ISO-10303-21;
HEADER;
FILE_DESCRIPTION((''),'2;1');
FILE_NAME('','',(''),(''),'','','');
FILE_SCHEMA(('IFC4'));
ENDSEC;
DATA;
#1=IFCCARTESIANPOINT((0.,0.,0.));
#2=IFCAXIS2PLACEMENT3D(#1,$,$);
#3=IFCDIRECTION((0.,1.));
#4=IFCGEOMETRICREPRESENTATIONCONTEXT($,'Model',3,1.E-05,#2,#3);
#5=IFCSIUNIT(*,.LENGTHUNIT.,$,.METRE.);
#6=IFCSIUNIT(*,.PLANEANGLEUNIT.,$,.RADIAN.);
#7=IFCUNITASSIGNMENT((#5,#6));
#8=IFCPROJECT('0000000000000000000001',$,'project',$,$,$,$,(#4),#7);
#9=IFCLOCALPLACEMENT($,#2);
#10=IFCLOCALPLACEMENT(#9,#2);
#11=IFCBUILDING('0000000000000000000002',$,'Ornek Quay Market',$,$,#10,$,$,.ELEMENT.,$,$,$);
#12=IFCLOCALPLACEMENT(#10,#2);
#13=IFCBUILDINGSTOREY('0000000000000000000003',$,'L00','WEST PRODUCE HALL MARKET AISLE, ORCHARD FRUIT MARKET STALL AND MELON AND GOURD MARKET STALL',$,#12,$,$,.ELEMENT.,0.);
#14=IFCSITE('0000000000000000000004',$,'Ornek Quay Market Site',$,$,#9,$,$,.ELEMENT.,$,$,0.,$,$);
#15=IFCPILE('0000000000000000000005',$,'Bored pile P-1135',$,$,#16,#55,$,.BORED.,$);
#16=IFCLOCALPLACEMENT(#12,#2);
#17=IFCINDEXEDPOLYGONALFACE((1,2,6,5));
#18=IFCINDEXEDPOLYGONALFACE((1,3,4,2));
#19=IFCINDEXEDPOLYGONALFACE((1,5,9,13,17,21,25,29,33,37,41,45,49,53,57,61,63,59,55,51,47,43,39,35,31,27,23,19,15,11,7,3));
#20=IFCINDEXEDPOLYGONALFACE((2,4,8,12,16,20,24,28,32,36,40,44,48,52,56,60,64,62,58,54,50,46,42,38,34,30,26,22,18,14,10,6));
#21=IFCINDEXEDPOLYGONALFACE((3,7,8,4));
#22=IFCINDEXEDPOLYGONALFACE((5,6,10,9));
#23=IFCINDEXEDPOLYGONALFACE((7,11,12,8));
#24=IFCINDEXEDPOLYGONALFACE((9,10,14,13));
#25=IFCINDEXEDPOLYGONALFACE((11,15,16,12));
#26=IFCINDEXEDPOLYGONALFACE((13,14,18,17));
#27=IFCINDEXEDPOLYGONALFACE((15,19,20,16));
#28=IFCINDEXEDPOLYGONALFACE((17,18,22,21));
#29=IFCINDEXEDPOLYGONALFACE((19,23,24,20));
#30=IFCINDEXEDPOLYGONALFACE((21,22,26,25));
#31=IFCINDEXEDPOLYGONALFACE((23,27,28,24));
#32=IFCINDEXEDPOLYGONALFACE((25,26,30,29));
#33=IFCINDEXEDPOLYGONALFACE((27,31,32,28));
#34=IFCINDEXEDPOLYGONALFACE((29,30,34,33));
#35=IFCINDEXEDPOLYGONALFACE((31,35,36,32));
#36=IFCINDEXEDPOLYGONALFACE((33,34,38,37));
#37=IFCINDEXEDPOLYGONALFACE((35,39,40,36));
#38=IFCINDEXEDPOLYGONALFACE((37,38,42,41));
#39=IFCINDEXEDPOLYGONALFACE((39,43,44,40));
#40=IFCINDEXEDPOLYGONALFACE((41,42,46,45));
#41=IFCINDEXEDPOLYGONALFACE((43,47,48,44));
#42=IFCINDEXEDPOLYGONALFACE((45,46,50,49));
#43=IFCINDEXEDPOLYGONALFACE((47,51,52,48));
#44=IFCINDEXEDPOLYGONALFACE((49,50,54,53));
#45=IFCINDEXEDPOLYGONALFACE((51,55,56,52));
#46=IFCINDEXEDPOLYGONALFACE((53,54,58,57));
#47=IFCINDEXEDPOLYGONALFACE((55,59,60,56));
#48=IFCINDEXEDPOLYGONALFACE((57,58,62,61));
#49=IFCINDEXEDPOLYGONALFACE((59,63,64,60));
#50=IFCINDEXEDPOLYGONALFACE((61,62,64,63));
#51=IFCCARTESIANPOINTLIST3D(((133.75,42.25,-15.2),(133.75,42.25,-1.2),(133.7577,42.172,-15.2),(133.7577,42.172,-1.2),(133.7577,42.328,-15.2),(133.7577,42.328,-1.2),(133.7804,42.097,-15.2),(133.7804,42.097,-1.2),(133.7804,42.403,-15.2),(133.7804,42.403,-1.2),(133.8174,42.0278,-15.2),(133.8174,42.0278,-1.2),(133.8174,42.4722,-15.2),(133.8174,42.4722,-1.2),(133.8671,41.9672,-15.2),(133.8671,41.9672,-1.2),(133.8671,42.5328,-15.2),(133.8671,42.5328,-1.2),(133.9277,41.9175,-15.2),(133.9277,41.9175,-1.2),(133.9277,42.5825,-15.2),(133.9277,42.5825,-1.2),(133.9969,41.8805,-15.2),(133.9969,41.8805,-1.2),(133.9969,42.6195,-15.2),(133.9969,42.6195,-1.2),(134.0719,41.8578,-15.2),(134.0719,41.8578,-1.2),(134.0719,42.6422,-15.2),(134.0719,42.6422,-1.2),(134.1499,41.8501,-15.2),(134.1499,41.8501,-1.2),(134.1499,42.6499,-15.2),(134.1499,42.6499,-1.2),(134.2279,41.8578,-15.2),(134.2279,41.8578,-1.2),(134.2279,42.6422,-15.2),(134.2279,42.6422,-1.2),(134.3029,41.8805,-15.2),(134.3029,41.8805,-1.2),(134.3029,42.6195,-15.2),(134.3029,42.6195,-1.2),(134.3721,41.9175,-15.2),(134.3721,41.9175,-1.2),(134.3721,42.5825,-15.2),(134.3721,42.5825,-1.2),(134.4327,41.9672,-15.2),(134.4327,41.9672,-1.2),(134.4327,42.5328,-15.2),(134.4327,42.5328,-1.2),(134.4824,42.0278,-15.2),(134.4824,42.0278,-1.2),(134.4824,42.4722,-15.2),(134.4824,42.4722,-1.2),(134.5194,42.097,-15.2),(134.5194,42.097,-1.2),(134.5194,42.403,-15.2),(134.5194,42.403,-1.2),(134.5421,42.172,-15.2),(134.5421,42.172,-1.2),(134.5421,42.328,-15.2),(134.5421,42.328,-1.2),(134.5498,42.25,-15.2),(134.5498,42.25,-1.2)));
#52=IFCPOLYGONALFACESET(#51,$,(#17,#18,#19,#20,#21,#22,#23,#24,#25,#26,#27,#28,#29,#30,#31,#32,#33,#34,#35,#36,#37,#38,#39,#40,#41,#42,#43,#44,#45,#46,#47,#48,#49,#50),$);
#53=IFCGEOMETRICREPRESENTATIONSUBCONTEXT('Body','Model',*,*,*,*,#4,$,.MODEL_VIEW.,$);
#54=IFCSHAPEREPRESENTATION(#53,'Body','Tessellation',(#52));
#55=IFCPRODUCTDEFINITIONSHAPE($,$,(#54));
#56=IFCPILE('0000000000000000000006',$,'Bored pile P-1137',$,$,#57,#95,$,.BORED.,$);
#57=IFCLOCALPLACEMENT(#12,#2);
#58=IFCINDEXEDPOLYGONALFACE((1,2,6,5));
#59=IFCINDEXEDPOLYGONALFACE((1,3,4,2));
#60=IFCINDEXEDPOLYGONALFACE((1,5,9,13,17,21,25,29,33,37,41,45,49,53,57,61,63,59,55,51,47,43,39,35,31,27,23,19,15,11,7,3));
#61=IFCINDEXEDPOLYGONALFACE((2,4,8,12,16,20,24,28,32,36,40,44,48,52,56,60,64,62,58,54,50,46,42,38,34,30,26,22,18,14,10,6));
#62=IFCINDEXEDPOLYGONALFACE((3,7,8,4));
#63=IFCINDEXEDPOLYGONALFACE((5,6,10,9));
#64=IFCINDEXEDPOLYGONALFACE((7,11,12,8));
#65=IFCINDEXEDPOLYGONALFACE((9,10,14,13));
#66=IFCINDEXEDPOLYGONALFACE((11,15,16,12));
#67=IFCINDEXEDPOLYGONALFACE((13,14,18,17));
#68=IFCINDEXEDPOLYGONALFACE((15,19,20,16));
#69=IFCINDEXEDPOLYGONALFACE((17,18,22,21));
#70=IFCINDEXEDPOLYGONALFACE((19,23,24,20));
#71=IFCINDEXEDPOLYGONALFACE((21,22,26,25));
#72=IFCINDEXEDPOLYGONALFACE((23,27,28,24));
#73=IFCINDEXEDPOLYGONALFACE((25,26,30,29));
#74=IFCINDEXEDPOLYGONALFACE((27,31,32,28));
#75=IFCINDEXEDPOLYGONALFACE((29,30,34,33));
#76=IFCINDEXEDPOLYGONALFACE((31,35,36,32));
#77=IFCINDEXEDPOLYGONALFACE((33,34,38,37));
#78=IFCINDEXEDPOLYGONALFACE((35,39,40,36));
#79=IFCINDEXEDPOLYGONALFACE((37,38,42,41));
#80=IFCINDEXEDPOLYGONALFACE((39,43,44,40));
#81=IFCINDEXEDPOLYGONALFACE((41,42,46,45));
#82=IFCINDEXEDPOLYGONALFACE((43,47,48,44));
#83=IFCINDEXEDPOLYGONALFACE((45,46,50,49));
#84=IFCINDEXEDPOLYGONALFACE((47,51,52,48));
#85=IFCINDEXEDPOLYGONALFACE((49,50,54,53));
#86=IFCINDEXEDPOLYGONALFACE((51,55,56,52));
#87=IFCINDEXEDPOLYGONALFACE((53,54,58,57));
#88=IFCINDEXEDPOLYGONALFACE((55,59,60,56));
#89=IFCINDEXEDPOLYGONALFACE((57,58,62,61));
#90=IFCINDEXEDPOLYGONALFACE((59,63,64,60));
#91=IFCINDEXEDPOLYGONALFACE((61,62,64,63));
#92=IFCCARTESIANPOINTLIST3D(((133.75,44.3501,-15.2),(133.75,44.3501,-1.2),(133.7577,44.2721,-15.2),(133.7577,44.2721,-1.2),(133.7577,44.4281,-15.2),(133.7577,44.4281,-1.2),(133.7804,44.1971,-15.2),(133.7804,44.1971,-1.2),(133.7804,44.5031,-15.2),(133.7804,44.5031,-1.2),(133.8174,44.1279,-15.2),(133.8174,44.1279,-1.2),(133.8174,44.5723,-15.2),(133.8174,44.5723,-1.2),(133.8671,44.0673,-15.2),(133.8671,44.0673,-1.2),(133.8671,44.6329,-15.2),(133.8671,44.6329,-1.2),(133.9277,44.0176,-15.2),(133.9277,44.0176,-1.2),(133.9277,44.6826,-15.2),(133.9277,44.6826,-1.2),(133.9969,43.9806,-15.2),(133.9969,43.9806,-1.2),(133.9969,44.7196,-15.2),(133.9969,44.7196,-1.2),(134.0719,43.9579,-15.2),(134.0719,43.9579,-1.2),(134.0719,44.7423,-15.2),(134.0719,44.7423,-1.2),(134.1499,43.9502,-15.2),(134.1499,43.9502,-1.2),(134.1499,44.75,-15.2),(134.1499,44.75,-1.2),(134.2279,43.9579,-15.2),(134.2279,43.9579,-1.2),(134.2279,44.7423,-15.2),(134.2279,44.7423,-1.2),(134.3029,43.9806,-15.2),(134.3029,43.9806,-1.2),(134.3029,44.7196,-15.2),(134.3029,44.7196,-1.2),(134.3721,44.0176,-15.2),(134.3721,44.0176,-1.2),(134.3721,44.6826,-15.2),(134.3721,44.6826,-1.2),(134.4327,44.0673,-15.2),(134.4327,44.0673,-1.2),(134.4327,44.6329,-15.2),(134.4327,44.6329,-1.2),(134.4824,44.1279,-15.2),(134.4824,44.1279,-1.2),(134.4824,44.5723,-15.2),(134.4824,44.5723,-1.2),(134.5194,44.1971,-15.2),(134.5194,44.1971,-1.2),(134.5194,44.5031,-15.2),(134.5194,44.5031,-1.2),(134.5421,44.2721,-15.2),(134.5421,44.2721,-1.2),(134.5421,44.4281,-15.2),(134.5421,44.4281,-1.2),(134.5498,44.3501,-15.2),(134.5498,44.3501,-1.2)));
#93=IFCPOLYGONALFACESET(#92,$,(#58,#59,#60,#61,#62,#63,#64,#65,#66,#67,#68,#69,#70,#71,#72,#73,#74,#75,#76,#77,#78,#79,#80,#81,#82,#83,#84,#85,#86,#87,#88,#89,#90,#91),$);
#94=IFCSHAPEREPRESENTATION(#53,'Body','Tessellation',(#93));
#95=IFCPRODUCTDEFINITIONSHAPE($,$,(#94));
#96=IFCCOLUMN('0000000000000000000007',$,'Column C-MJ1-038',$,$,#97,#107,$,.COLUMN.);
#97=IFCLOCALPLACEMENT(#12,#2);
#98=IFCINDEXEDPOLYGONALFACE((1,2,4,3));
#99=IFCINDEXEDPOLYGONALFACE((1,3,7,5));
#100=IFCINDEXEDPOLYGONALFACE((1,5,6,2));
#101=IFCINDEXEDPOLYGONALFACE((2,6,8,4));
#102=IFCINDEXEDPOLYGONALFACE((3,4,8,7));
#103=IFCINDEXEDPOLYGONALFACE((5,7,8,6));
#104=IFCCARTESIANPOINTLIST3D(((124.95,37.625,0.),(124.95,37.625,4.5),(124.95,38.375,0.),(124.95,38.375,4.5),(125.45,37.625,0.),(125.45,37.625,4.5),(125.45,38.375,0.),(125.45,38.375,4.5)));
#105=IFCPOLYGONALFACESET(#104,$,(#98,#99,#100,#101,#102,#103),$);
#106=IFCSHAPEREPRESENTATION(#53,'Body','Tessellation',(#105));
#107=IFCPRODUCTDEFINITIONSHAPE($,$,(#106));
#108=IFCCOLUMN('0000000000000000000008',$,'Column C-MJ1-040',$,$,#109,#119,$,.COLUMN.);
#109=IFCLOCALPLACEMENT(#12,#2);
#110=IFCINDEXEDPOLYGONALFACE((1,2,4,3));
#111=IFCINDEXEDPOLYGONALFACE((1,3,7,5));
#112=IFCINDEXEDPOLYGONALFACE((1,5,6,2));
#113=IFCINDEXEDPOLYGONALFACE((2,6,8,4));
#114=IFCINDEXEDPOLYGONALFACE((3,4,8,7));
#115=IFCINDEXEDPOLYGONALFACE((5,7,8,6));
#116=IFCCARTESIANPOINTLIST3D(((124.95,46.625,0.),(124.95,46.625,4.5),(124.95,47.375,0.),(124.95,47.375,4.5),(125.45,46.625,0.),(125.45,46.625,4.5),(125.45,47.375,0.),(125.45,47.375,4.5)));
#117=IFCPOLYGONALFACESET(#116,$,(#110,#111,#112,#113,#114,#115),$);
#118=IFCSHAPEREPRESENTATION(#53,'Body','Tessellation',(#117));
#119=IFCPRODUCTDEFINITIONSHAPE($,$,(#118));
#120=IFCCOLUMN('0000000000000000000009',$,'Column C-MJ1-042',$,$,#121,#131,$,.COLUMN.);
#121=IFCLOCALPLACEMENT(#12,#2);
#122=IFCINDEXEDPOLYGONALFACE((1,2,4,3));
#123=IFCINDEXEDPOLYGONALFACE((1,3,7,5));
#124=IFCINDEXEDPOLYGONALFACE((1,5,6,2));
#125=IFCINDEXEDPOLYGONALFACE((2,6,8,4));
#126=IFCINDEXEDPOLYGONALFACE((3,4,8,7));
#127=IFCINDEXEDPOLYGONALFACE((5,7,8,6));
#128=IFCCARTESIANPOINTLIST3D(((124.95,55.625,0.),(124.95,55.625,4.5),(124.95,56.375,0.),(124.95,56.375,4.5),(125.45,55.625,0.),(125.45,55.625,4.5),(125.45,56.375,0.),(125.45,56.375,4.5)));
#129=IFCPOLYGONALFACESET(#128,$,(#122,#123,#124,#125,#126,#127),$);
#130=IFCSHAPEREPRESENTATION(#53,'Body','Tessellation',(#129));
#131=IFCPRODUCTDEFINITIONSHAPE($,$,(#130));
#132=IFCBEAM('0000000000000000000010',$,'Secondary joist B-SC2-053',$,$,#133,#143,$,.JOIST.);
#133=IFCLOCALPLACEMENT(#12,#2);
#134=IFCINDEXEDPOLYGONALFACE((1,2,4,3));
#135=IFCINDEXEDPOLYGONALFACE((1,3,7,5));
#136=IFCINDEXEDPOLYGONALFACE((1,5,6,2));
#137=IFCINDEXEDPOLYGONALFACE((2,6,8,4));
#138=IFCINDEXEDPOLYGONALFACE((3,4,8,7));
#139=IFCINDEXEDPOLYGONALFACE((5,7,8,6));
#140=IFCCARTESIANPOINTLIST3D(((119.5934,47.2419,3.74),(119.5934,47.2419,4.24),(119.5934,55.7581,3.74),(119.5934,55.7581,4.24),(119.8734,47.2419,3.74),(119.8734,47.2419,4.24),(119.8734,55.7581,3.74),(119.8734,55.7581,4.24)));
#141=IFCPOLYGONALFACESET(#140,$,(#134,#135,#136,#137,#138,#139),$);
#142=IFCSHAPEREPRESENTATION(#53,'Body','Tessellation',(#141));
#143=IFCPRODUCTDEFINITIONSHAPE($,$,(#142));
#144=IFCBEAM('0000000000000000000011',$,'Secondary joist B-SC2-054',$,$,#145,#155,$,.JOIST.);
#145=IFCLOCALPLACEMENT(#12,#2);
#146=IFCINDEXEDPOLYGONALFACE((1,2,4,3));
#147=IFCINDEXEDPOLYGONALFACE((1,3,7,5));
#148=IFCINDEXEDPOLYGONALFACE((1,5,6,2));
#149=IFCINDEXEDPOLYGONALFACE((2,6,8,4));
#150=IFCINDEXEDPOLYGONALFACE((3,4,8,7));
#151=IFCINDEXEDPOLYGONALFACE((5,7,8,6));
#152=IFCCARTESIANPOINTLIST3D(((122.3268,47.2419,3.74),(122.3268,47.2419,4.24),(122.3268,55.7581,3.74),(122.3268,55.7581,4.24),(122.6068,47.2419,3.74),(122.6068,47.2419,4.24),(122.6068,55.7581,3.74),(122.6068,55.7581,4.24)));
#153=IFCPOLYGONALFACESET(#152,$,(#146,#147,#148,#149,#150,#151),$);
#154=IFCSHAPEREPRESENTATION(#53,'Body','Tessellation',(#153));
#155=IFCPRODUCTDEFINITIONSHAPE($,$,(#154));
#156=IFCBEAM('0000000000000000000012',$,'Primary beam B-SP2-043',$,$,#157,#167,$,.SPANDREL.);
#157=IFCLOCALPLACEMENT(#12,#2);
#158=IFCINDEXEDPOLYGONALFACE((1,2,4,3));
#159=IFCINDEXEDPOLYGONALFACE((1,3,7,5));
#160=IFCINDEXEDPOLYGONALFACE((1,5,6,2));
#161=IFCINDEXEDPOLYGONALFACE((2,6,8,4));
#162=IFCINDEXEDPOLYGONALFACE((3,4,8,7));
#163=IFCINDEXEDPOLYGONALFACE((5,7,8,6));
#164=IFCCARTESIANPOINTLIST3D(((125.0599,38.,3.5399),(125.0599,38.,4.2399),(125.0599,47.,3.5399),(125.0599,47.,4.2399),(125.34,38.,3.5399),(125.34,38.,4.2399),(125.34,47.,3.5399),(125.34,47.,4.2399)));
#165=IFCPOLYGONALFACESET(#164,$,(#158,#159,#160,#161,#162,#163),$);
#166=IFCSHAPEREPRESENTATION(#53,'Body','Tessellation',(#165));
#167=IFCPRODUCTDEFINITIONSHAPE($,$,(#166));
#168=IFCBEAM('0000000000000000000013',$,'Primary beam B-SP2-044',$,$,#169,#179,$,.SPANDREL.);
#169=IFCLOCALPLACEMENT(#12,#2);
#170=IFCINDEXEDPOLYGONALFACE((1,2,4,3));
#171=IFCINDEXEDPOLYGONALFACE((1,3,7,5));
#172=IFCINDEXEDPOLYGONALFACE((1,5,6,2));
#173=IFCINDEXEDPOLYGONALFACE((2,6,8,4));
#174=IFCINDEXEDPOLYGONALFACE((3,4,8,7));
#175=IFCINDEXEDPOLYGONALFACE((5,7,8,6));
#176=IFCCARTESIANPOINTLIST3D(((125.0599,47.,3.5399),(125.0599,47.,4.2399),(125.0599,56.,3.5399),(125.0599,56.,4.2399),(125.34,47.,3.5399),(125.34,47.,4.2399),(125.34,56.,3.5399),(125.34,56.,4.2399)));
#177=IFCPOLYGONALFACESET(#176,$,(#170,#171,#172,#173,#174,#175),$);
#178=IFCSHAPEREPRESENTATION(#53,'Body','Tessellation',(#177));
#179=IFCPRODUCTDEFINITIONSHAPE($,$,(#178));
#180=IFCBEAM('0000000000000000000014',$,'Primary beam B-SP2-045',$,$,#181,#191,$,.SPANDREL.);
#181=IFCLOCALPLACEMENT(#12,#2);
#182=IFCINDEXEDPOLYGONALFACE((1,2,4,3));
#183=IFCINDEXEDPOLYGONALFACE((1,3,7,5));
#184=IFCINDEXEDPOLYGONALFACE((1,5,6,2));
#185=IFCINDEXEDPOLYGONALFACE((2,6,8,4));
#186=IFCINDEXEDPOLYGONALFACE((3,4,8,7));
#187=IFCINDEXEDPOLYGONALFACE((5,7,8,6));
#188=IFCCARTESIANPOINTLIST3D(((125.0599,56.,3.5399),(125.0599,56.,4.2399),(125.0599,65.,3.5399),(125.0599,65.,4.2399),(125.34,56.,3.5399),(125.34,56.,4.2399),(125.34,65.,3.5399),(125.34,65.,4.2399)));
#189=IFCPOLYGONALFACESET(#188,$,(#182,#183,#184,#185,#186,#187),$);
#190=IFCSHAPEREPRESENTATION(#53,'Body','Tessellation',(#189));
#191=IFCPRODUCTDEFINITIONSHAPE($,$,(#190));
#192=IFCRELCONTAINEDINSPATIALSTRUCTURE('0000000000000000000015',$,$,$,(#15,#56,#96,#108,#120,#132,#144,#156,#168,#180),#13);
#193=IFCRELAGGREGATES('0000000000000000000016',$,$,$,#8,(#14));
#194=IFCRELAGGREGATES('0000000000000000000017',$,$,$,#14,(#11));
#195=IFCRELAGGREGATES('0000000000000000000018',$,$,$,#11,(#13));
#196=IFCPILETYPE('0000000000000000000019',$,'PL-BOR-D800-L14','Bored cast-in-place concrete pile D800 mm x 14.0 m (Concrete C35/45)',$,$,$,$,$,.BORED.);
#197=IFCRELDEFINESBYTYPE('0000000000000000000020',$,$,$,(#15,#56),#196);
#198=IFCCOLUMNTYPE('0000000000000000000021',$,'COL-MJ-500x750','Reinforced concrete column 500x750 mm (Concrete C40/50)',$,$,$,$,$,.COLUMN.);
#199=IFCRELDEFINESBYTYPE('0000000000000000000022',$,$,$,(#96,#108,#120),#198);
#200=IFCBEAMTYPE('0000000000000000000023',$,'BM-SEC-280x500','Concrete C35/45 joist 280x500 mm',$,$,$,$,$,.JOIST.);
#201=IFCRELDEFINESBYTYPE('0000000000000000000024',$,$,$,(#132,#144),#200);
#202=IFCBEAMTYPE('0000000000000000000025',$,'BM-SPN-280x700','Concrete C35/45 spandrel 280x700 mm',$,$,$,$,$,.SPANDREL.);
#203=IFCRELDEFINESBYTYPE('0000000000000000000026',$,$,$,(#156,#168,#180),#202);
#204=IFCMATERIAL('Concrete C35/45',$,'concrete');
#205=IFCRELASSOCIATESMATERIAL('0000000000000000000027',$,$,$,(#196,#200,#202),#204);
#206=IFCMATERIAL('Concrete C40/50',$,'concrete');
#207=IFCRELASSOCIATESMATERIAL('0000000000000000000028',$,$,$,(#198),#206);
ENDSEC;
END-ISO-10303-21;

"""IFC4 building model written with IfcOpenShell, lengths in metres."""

from ifc_helpers import new_model, si_unit, direction, frame, origin, origin_2d, place, context, subcontext, project, spatial, rectangle, circle, extrude, material, material_profile, profile_set, type_object, element, save


model = new_model("IFC4")

# Units and contexts
model_context = context("Model", 3, precision=1e-05, world=origin(), true_north=direction((0.0, 1.0)))
body_context = subcontext(model_context, "Body", "Model", "MODEL_VIEW")
ifc_project = project(units=[si_unit("LENGTHUNIT", "METRE"), si_unit("PLANEANGLEUNIT", "RADIAN")], contexts=[model_context])

# Site, building, storey
site_placement = place(None, origin())
site = spatial("IfcSite", under=ifc_project, at=site_placement, Name="Ornek Quay Market Site", CompositionType="ELEMENT", RefElevation=0.0)
building_placement = place(site_placement, origin())
building = spatial("IfcBuilding", under=site, at=building_placement, Name="Ornek Quay Market", CompositionType="ELEMENT")
storey_placement = place(building_placement, origin())
storey = spatial("IfcBuildingStorey", under=building, at=storey_placement, Name="L00", Description="WEST PRODUCE HALL MARKET AISLE, ORCHARD FRUIT MARKET STALL AND MELON AND GOURD MARKET STALL", CompositionType="ELEMENT", Elevation=0.0)

# Piles
ifc_material_1 = material(Name="Concrete C35/45", Category="concrete")
ifc_material_profile_1 = material_profile(ifc_material_1, circle(Radius=0.3999, at=origin_2d()), Name="PILE D800", Category="concrete")
ifc_profile_set_1 = profile_set([ifc_material_profile_1], Name="Concrete C35/45")
pile_type = type_object("IfcPileType", Name="PL-BOR-D800-L14", Description="Bored cast-in-place concrete pile D800 mm x 14.0 m (Concrete C35/45)", PredefinedType="BORED", material=ifc_profile_set_1)
for number, where, z_axis, x_axis, name in (
    (1, (134.1499, 42.25, -1.2), (0.0, 0.0, -1.0), (1.0, 0.0, 0.0), "Bored pile P-1135"),
    (2, (134.1499, 44.3501, -1.2), (0.0, 0.0, -1.0), (1.0, 0.0, 0.0), "Bored pile P-1137"),
):
    element("IfcPile", number, at=place(storey_placement, frame(where, z_axis=z_axis, x_axis=x_axis)), inside=storey, type_object=pile_type, Name=name, PredefinedType="BORED", context=body_context, shape_type="SweptSolid", body=[
        extrude(circle(Radius=0.3999, at=origin_2d()), origin(), (0.0, 0.0, 1.0), 14.0),
    ])

# Columns
ifc_material_2 = material(Name="Concrete C40/50", Category="concrete")
ifc_material_profile_2 = material_profile(ifc_material_2, rectangle(XDim=0.5, YDim=0.75, at=origin_2d()), Name="RC 500x750", Category="concrete")
ifc_profile_set_2 = profile_set([ifc_material_profile_2], Name="Concrete C40/50")
column_type = type_object("IfcColumnType", Name="COL-MJ-500x750", Description="Reinforced concrete column 500x750 mm (Concrete C40/50)", PredefinedType="COLUMN", material=ifc_profile_set_2)
for number, where, z_axis, x_axis, name in (
    (3, (125.2, 38.0, 0.0), (0.0, 0.0, 1.0), (1.0, 0.0, 0.0), "Column C-MJ1-038"),
    (4, (125.2, 47.0, 0.0), (0.0, 0.0, 1.0), (1.0, 0.0, 0.0), "Column C-MJ1-040"),
    (5, (125.2, 56.0, 0.0), (0.0, 0.0, 1.0), (1.0, 0.0, 0.0), "Column C-MJ1-042"),
):
    element("IfcColumn", number, at=place(storey_placement, frame(where, z_axis=z_axis, x_axis=x_axis)), inside=storey, type_object=column_type, Name=name, PredefinedType="COLUMN", context=body_context, shape_type="SweptSolid", body=[
        extrude(rectangle(XDim=0.5, YDim=0.75, at=origin_2d()), origin(), (0.0, 0.0, 1.0), 4.5),
    ])

# Beams
ifc_material_profile_3 = material_profile(ifc_material_1, rectangle(XDim=0.28, YDim=0.5, at=origin_2d()), Name="RC 280x500", Category="concrete")
ifc_profile_set_3 = profile_set([ifc_material_profile_3], Name="Concrete C35/45")
beam_type_1 = type_object("IfcBeamType", Name="BM-SEC-280x500", Description="Concrete C35/45 joist 280x500 mm", PredefinedType="JOIST", material=ifc_profile_set_3)
for number, where, z_axis, x_axis, name in (
    (6, (119.7334, 47.2419, 3.99), (0.0, 1.0, 0.0), (-1.0, 0.0, 0.0), "Secondary joist B-SC2-053"),
    (7, (122.4668, 47.2419, 3.99), (0.0, 1.0, 0.0), (-1.0, 0.0, 0.0), "Secondary joist B-SC2-054"),
):
    element("IfcBeam", number, at=place(storey_placement, frame(where, z_axis=z_axis, x_axis=x_axis)), inside=storey, type_object=beam_type_1, Name=name, PredefinedType="JOIST", context=body_context, shape_type="SweptSolid", body=[
        extrude(rectangle(XDim=0.28, YDim=0.5, at=origin_2d()), origin(), (0.0, 0.0, 1.0), 8.5161),
    ])
ifc_material_profile_4 = material_profile(ifc_material_1, rectangle(XDim=0.28, YDim=0.7, at=origin_2d()), Name="RC 280x700", Category="concrete")
ifc_profile_set_4 = profile_set([ifc_material_profile_4], Name="Concrete C35/45")
beam_type_2 = type_object("IfcBeamType", Name="BM-SPN-280x700", Description="Concrete C35/45 spandrel 280x700 mm", PredefinedType="SPANDREL", material=ifc_profile_set_4)
for number, where, z_axis, x_axis, name in (
    (8, (125.2, 38.0, 3.8899), (0.0, 1.0, 0.0), (-1.0, 0.0, 0.0), "Primary beam B-SP2-043"),
    (9, (125.2, 47.0, 3.8899), (0.0, 1.0, 0.0), (-1.0, 0.0, 0.0), "Primary beam B-SP2-044"),
    (10, (125.2, 56.0, 3.8899), (0.0, 1.0, 0.0), (-1.0, 0.0, 0.0), "Primary beam B-SP2-045"),
):
    element("IfcBeam", number, at=place(storey_placement, frame(where, z_axis=z_axis, x_axis=x_axis)), inside=storey, type_object=beam_type_2, Name=name, PredefinedType="SPANDREL", context=body_context, shape_type="SweptSolid", body=[
        extrude(rectangle(XDim=0.28, YDim=0.7, at=origin_2d()), origin(), (0.0, 0.0, 1.0), 9.0),
    ])

save(model, "model.ifc")
